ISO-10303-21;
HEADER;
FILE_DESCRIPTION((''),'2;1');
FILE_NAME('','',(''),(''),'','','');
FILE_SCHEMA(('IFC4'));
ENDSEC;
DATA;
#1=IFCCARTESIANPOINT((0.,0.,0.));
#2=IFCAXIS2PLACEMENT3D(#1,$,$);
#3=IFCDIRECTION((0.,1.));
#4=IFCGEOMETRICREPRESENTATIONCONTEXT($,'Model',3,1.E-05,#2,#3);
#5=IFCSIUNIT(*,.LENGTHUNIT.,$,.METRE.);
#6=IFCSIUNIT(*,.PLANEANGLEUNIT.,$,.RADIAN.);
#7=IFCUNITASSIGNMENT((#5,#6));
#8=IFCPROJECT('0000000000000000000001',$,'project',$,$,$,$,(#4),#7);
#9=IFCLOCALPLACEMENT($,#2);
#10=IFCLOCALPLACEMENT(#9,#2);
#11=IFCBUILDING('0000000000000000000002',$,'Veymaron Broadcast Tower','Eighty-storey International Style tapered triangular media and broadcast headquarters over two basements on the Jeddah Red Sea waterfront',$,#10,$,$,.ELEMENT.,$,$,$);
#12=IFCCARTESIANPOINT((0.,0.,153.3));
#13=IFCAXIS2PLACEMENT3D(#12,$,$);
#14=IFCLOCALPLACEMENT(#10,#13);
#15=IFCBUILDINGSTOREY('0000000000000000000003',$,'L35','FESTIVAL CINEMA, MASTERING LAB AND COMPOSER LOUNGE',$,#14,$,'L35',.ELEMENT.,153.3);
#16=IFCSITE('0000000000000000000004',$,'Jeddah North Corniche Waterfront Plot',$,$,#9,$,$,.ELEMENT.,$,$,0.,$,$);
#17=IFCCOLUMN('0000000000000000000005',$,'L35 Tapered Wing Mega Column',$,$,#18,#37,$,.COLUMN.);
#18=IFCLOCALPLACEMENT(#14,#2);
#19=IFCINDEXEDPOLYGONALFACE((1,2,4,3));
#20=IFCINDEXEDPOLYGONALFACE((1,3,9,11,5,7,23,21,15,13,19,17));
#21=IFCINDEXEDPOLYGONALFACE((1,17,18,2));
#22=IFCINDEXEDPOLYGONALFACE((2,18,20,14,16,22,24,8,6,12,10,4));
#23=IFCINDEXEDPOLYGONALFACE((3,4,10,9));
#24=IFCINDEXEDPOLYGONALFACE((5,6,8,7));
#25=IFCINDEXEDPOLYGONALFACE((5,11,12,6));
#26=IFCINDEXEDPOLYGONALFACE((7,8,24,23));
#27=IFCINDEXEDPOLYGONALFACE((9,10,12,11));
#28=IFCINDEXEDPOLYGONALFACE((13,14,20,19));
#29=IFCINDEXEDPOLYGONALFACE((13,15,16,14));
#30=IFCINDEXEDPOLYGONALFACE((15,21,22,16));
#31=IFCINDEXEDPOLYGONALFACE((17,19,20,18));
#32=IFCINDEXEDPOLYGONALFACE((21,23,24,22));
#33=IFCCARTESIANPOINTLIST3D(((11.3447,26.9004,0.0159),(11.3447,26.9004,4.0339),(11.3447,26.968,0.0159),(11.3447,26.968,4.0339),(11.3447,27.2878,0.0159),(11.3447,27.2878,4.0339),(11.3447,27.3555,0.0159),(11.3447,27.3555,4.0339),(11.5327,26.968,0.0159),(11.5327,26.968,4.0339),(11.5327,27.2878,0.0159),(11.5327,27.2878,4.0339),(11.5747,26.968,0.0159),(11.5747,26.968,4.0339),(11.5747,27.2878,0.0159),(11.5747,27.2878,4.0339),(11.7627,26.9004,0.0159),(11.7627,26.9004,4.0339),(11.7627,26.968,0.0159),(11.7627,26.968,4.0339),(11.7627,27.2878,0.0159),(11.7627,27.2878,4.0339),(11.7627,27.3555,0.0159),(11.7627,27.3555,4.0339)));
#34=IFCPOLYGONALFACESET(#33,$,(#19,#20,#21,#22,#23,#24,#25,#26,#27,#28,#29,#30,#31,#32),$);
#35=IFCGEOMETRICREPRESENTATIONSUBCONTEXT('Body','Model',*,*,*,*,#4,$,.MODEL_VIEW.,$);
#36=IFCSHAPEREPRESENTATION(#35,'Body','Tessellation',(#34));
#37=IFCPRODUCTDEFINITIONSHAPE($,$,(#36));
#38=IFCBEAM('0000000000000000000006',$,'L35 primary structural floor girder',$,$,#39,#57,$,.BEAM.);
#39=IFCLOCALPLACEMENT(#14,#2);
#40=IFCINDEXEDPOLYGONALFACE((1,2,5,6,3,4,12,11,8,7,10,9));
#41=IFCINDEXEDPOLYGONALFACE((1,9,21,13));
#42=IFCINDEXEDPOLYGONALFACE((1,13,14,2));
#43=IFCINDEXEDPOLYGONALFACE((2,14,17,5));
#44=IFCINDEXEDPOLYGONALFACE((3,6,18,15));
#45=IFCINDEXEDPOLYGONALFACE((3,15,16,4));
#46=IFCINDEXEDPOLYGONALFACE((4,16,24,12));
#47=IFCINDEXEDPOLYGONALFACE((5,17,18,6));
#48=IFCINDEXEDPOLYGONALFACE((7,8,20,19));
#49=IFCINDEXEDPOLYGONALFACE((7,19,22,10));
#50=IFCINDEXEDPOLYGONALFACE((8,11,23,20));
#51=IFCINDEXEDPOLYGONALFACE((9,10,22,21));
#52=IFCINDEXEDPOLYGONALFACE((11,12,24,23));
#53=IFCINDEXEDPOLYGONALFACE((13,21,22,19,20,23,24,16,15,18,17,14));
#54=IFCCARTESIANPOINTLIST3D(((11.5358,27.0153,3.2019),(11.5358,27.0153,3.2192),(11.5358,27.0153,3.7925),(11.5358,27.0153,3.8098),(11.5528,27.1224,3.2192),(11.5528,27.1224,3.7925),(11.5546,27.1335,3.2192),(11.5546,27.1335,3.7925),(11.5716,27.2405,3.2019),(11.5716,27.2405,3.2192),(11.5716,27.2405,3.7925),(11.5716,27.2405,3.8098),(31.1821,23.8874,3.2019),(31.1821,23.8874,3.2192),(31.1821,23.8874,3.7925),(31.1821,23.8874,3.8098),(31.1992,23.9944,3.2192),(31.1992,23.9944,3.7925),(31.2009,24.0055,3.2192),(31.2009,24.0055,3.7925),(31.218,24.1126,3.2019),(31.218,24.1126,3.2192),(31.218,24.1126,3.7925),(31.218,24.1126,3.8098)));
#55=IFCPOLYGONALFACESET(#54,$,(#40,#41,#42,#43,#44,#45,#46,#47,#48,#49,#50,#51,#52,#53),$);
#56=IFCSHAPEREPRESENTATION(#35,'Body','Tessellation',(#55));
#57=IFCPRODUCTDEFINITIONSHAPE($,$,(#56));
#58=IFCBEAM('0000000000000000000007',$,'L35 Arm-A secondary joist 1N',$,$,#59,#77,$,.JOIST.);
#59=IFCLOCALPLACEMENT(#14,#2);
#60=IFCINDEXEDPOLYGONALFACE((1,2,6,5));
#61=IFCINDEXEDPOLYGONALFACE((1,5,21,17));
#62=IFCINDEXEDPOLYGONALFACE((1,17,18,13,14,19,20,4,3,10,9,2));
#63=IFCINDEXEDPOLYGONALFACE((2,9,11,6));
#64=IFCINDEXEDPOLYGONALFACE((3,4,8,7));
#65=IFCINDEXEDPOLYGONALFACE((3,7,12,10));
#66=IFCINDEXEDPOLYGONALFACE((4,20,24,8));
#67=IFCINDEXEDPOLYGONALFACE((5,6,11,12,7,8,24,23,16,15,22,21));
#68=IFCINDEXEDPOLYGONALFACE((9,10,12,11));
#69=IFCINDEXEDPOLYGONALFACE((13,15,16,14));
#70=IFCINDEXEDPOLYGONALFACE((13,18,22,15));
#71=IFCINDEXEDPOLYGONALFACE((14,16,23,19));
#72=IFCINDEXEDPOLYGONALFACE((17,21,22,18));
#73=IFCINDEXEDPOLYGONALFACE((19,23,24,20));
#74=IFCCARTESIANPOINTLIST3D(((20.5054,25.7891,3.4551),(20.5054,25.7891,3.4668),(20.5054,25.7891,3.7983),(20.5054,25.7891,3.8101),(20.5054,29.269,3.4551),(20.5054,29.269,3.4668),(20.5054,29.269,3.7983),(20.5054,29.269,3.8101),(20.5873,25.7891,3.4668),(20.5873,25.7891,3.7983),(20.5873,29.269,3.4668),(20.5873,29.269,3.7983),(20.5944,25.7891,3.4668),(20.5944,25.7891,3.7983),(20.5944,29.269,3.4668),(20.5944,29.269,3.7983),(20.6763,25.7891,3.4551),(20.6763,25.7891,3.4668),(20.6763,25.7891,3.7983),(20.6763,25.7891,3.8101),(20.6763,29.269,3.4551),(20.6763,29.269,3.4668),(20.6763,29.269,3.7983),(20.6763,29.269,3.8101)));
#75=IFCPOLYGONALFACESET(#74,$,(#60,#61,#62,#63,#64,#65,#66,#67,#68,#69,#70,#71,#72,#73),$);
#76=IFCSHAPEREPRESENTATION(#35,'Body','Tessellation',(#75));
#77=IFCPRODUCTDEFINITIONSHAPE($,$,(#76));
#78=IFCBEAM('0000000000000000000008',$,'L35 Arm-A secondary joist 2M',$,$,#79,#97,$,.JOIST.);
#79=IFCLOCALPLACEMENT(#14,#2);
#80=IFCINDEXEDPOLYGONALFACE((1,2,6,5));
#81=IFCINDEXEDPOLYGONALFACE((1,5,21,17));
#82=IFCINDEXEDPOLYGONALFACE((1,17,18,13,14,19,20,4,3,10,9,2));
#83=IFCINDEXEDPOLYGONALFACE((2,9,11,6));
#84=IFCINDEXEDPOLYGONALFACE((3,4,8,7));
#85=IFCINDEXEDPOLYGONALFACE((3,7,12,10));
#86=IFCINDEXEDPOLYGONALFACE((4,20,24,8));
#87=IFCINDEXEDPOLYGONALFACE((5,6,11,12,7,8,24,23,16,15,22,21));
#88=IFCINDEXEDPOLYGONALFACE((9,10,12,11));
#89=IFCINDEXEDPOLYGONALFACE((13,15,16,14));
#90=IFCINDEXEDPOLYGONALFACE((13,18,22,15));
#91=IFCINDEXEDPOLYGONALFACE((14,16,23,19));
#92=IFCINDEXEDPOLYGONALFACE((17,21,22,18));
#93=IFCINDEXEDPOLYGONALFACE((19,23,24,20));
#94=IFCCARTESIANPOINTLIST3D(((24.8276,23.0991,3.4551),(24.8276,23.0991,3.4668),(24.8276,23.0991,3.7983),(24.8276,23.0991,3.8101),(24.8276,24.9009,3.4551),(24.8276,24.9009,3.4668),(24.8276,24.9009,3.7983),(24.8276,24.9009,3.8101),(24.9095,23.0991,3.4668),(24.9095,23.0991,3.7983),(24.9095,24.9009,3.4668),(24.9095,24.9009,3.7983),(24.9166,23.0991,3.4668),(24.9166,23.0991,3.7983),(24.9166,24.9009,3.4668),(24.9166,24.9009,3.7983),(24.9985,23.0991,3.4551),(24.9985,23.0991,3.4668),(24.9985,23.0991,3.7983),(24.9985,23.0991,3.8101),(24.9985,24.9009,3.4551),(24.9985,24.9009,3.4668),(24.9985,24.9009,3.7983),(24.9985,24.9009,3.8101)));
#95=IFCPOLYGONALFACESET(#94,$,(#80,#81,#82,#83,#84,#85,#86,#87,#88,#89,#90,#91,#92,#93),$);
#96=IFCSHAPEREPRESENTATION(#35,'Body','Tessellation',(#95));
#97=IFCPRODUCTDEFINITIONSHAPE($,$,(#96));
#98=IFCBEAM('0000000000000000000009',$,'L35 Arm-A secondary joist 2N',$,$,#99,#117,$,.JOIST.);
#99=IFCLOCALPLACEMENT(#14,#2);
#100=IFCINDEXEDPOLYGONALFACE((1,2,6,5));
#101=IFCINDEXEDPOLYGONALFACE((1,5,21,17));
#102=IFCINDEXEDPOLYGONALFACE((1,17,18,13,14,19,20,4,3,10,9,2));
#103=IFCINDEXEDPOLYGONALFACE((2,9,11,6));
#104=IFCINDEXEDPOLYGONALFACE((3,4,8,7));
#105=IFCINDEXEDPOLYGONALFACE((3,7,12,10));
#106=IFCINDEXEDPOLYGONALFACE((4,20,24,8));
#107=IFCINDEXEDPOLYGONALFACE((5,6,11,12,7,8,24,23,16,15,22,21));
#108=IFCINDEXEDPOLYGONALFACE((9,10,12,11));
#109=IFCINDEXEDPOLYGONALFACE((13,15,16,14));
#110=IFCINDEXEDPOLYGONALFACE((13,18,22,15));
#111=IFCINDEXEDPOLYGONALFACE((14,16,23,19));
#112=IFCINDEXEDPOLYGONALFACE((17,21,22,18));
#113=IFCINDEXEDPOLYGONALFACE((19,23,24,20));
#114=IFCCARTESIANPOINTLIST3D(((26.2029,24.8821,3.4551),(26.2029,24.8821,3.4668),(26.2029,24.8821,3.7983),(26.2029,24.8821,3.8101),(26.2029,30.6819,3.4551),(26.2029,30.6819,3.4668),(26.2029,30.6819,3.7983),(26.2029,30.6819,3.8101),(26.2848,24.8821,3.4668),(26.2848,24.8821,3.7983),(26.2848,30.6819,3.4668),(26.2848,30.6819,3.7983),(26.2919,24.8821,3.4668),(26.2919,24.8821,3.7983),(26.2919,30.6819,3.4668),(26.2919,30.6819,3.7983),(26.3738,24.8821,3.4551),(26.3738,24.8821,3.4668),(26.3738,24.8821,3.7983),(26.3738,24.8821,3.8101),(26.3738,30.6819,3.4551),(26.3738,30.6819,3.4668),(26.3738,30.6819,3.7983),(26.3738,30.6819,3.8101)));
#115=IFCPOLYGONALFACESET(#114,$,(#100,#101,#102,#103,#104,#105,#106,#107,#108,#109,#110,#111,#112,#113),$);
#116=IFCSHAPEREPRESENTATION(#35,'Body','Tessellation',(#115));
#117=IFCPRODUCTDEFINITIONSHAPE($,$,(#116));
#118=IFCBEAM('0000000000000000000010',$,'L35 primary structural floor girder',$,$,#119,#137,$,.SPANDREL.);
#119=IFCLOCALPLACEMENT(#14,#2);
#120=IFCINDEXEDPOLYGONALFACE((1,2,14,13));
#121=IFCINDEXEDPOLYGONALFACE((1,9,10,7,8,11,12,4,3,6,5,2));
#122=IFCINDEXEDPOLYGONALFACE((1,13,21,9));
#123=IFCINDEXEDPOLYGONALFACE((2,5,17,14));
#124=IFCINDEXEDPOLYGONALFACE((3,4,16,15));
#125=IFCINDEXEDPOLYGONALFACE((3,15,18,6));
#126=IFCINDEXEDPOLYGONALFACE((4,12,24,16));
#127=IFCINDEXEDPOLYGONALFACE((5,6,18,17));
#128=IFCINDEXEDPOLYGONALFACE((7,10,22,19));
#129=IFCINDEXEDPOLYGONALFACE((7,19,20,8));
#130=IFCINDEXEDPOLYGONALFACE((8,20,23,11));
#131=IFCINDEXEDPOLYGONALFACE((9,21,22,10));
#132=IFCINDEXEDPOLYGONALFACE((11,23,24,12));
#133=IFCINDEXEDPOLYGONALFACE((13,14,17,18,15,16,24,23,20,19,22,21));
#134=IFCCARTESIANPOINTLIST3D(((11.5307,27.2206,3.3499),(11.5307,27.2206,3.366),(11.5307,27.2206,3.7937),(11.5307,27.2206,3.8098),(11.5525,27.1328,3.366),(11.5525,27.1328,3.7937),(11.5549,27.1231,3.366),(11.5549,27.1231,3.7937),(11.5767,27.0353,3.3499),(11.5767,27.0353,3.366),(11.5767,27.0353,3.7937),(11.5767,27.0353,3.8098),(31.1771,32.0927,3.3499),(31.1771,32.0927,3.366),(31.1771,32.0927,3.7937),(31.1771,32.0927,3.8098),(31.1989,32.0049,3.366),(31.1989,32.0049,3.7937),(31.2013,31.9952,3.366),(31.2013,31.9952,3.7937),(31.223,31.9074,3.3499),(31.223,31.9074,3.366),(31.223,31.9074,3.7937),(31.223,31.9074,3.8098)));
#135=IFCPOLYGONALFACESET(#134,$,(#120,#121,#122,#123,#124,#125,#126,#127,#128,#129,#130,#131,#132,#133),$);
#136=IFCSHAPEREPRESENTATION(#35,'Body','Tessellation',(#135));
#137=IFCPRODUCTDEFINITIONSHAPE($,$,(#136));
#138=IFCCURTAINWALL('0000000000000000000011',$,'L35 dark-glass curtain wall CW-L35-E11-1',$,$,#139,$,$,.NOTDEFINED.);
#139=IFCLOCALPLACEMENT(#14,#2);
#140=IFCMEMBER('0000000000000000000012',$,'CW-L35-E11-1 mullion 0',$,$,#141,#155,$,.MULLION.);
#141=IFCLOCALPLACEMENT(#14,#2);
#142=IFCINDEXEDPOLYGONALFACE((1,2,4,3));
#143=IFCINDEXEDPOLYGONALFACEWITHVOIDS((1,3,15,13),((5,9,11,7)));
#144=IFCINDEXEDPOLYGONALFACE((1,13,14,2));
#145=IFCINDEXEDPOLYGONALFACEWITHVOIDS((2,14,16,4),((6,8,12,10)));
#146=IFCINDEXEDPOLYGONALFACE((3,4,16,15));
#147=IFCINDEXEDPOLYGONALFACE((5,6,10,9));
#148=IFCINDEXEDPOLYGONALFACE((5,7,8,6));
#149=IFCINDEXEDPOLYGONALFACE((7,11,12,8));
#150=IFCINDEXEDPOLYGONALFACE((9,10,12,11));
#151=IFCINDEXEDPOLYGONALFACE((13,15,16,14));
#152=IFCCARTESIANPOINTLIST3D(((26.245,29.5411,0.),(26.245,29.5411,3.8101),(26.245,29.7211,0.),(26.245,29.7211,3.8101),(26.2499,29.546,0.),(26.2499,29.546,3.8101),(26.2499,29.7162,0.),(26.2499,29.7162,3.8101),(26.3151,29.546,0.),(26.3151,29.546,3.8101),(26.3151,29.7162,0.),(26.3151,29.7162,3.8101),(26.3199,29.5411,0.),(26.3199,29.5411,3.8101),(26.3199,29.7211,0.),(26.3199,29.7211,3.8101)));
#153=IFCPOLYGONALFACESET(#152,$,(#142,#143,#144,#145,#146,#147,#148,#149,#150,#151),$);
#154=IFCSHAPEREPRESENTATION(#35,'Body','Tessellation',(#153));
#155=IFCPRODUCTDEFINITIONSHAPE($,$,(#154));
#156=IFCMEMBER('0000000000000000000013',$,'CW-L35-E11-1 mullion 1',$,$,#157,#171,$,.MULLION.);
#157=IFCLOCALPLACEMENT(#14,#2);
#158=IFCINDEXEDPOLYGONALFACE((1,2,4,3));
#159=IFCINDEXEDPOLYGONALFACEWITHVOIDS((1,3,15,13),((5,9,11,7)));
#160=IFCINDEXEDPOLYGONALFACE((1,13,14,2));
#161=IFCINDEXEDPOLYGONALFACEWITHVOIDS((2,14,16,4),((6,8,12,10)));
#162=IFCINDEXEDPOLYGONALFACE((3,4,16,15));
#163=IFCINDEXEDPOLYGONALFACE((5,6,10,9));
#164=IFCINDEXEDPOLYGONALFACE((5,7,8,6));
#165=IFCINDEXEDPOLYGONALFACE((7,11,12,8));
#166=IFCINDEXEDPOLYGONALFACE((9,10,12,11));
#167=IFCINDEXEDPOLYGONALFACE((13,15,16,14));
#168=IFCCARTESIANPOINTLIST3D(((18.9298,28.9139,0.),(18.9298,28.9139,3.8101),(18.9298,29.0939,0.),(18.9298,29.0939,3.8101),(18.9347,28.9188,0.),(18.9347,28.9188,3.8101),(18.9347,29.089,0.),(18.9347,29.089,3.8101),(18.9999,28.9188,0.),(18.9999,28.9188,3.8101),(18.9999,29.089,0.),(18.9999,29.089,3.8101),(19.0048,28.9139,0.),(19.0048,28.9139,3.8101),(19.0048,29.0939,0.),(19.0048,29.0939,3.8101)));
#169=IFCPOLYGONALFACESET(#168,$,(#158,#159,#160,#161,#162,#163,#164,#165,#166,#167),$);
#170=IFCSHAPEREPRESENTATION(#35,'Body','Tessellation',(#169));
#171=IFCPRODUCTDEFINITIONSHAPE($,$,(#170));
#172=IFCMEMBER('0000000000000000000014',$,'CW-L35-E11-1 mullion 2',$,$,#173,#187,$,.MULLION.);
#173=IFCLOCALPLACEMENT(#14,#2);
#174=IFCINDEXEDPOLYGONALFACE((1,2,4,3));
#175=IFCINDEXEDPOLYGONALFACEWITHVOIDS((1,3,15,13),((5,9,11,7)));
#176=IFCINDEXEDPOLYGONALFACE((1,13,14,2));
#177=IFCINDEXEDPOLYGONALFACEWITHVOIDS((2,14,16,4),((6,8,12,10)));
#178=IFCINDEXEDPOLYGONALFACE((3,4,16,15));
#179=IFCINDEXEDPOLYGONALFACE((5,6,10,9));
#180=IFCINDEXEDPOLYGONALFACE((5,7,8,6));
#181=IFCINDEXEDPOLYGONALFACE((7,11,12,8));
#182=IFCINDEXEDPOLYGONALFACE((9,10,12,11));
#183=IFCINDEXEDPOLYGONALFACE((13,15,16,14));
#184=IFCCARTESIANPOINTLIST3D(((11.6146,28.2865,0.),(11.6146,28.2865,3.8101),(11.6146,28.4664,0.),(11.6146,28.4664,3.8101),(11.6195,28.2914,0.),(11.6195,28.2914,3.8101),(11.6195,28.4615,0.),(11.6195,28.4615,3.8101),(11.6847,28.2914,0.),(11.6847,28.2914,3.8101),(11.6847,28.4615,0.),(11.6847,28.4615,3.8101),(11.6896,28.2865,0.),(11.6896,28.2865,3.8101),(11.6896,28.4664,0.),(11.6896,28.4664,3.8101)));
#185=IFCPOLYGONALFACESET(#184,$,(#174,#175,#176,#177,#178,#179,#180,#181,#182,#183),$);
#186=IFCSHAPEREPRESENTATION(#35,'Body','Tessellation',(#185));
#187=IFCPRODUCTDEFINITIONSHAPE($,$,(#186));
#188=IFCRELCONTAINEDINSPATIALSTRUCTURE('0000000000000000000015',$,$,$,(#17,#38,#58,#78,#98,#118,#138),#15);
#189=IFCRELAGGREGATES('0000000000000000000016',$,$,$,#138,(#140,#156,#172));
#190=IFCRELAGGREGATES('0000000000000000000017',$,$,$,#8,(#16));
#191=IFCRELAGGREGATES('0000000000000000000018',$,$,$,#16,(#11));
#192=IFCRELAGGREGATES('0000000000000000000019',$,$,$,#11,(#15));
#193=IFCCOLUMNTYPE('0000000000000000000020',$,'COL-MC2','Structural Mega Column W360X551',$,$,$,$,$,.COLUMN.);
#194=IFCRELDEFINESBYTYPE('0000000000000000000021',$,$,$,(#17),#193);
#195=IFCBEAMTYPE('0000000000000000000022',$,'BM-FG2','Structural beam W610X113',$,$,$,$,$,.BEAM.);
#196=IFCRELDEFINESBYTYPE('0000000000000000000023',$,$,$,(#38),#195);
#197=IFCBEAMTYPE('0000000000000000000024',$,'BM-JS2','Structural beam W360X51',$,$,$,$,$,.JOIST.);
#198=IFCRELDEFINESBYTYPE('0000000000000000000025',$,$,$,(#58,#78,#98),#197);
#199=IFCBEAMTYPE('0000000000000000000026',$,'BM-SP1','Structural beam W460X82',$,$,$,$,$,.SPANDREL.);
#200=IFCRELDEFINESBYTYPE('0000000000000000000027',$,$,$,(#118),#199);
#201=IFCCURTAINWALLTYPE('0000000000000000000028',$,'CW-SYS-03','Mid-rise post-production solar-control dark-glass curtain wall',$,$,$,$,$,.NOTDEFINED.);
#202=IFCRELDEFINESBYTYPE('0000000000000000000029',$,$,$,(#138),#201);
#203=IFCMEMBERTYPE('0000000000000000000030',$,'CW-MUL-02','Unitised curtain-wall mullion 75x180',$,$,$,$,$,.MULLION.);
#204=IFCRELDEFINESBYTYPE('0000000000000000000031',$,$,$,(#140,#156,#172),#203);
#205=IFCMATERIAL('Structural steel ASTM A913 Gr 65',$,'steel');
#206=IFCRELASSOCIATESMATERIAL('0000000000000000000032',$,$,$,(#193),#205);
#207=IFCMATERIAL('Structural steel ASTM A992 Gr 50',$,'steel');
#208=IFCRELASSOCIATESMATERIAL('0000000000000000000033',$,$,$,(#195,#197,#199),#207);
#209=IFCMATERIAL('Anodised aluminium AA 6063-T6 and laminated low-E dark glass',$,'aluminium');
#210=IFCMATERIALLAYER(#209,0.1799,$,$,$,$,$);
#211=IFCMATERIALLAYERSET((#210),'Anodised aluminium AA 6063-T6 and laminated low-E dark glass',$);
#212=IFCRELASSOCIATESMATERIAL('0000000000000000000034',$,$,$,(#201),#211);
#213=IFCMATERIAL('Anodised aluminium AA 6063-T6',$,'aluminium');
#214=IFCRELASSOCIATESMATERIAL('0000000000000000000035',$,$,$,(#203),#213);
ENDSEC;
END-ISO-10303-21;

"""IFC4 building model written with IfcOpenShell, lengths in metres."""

from ifc_helpers import new_model, si_unit, direction, frame, origin, origin_2d, place, context, subcontext, project, spatial, hollow_rectangle, i_section, extrude, material, layer, layer_set, material_profile, profile_set, type_object, element, aggregate, save


model = new_model("IFC4")

# Units and contexts
model_context = context("Model", 3, precision=1e-05, world=origin(), true_north=direction((0.0, 1.0)))
body_context = subcontext(model_context, "Body", "Model", "MODEL_VIEW")
ifc_project = project(units=[si_unit("LENGTHUNIT", "METRE"), si_unit("PLANEANGLEUNIT", "RADIAN")], contexts=[model_context])

# Site, building, storey
site_placement = place(None, origin())
site = spatial("IfcSite", under=ifc_project, at=site_placement, Name="Jeddah North Corniche Waterfront Plot", CompositionType="ELEMENT", RefElevation=0.0)
building_placement = place(site_placement, origin())
building = spatial("IfcBuilding", under=site, at=building_placement, Name="Veymaron Broadcast Tower", Description="Eighty-storey International Style tapered triangular media and broadcast headquarters over two basements on the Jeddah Red Sea waterfront", CompositionType="ELEMENT")
storey_placement = place(building_placement, frame((0.0, 0.0, 153.3)))
storey = spatial("IfcBuildingStorey", under=building, at=storey_placement, Name="L35", Description="FESTIVAL CINEMA, MASTERING LAB AND COMPOSER LOUNGE", LongName="L35", CompositionType="ELEMENT", Elevation=153.3)

# Column
ifc_material_1 = material(Name="Structural steel ASTM A913 Gr 65", Category="steel")
ifc_material_profile_1 = material_profile(ifc_material_1, i_section(OverallWidth=0.418, OverallDepth=0.4551, WebThickness=0.042, FlangeThickness=0.0676, at=origin_2d()), Name="W360X551")
ifc_profile_set_1 = profile_set([ifc_material_profile_1], Name="Structural steel ASTM A913 Gr 65")
column_type = type_object("IfcColumnType", Name="COL-MC2", Description="Structural Mega Column W360X551", PredefinedType="COLUMN", material=ifc_profile_set_1)
column_placement = place(storey_placement, frame((11.5537, 27.1279, 0.0159), z_axis=(0.0, 0.0, 1.0), x_axis=(1.0, 0.0, 0.0)))
element("IfcColumn", 1, at=column_placement, inside=storey, type_object=column_type, Name="L35 Tapered Wing Mega Column", PredefinedType="COLUMN", context=body_context, shape_type="SweptSolid", body=[
    extrude(i_section(OverallWidth=0.418, OverallDepth=0.4551, WebThickness=0.042, FlangeThickness=0.0676, at=origin_2d()), origin(), (0.0, 0.0, 1.0), 4.0181),
])

# Beams
ifc_material_2 = material(Name="Structural steel ASTM A992 Gr 50", Category="steel")
ifc_material_profile_2 = material_profile(ifc_material_2, i_section(OverallWidth=0.228, OverallDepth=0.6079, WebThickness=0.0112, FlangeThickness=0.0173, at=origin_2d()), Name="W610X113")
ifc_profile_set_2 = profile_set([ifc_material_profile_2], Name="Structural steel ASTM A992 Gr 50")
beam_type_1 = type_object("IfcBeamType", Name="BM-FG2", Description="Structural beam W610X113", PredefinedType="BEAM", material=ifc_profile_set_2)
beam_1_placement = place(storey_placement, frame((11.5537, 27.1279, 3.5059), z_axis=(0.987562, -0.157232, 0.0), x_axis=(0.157232, 0.987562, 0.0)))
element("IfcBeam", 2, at=beam_1_placement, inside=storey, type_object=beam_type_1, Name="L35 primary structural floor girder", PredefinedType="BEAM", context=body_context, shape_type="SweptSolid", body=[
    extrude(i_section(OverallWidth=0.228, OverallDepth=0.6079, WebThickness=0.0112, FlangeThickness=0.0173, at=origin_2d()), origin(), (0.0, 0.0, 1.0), 19.8938),
])
ifc_material_profile_3 = material_profile(ifc_material_2, i_section(OverallWidth=0.1709, OverallDepth=0.355, WebThickness=0.0071, FlangeThickness=0.0117, at=origin_2d()), Name="W360X51")
ifc_profile_set_3 = profile_set([ifc_material_profile_3], Name="Structural steel ASTM A992 Gr 50")
beam_type_2 = type_object("IfcBeamType", Name="BM-JS2", Description="Structural beam W360X51", PredefinedType="JOIST", material=ifc_profile_set_3)
beam_2_placement = place(storey_placement, frame((20.5908, 25.7891, 3.6326), z_axis=(0.0, 1.0, 0.0), x_axis=(-1.0, 0.0, 0.0)))
element("IfcBeam", 3, at=beam_2_placement, inside=storey, type_object=beam_type_2, Name="L35 Arm-A secondary joist 1N", PredefinedType="JOIST", context=body_context, shape_type="SweptSolid", body=[
    extrude(i_section(OverallWidth=0.1709, OverallDepth=0.355, WebThickness=0.0071, FlangeThickness=0.0117, at=origin_2d()), origin(), (0.0, 0.0, 1.0), 3.48),
])
beam_3_placement = place(storey_placement, frame((24.9131, 23.0991, 3.6326), z_axis=(0.0, 1.0, 0.0), x_axis=(-1.0, 0.0, 0.0)))
element("IfcBeam", 4, at=beam_3_placement, inside=storey, type_object=beam_type_2, Name="L35 Arm-A secondary joist 2M", PredefinedType="JOIST", context=body_context, shape_type="SweptSolid", body=[
    extrude(i_section(OverallWidth=0.1709, OverallDepth=0.355, WebThickness=0.0071, FlangeThickness=0.0117, at=origin_2d()), origin(), (0.0, 0.0, 1.0), 1.8018),
])
beam_4_placement = place(storey_placement, frame((26.2883, 24.8821, 3.6326), z_axis=(0.0, 1.0, 0.0), x_axis=(-1.0, 0.0, 0.0)))
element("IfcBeam", 5, at=beam_4_placement, inside=storey, type_object=beam_type_2, Name="L35 Arm-A secondary joist 2N", PredefinedType="JOIST", context=body_context, shape_type="SweptSolid", body=[
    extrude(i_section(OverallWidth=0.1709, OverallDepth=0.355, WebThickness=0.0071, FlangeThickness=0.0117, at=origin_2d()), origin(), (0.0, 0.0, 1.0), 5.7998),
])
ifc_material_profile_4 = material_profile(ifc_material_2, i_section(OverallWidth=0.1909, OverallDepth=0.46, WebThickness=0.01, FlangeThickness=0.0161, at=origin_2d()), Name="W460X82")
ifc_profile_set_4 = profile_set([ifc_material_profile_4], Name="Structural steel ASTM A992 Gr 50")
beam_type_3 = type_object("IfcBeamType", Name="BM-SP1", Description="Structural beam W460X82", PredefinedType="SPANDREL", material=ifc_profile_set_4)
beam_5_placement = place(storey_placement, frame((11.5537, 27.1279, 3.5798), z_axis=(0.9706, 0.240699, 0.0), x_axis=(-0.240699, 0.9706, 0.0)))
element("IfcBeam", 6, at=beam_5_placement, inside=storey, type_object=beam_type_3, Name="L35 primary structural floor girder", PredefinedType="SPANDREL", context=body_context, shape_type="SweptSolid", body=[
    extrude(i_section(OverallWidth=0.1909, OverallDepth=0.46, WebThickness=0.01, FlangeThickness=0.0161, at=origin_2d()), origin(), (0.0, 0.0, 1.0), 20.2415),
])

# Curtain wall, members
ifc_material_3 = material(Name="Anodised aluminium AA 6063-T6 and laminated low-E dark glass", Category="aluminium")
ifc_layer_1 = layer(ifc_material_3, 0.1799)
ifc_layer_set_1 = layer_set([ifc_layer_1], Name="Anodised aluminium AA 6063-T6 and laminated low-E dark glass")
curtain_wall_type = type_object("IfcCurtainWallType", Name="CW-SYS-03", Description="Mid-rise post-production solar-control dark-glass curtain wall", PredefinedType="NOTDEFINED", material=ifc_layer_set_1)
curtain_wall_placement = place(storey_placement, origin())
curtain_wall = element("IfcCurtainWall", 7, at=curtain_wall_placement, inside=storey, type_object=curtain_wall_type, Name="L35 dark-glass curtain wall CW-L35-E11-1", PredefinedType="NOTDEFINED")
ifc_material_4 = material(Name="Anodised aluminium AA 6063-T6", Category="aluminium")
ifc_material_profile_5 = material_profile(ifc_material_4, hollow_rectangle(XDim=0.075, YDim=0.1799, WallThickness=0.0049, at=origin_2d()), Name="AL180X75X5")
ifc_profile_set_5 = profile_set([ifc_material_profile_5], Name="Anodised aluminium AA 6063-T6")
member_type_1 = type_object("IfcMemberType", Name="CW-MUL-02", Description="Unitised curtain-wall mullion 75x180", PredefinedType="MULLION", material=ifc_profile_set_5)
member_1_placement = place(storey_placement, frame((26.2825, 29.6311, 0.0), z_axis=(0.0, 0.0, 1.0), x_axis=(1.0, 0.0, 0.0)))
member_1 = element("IfcMember", 8, at=member_1_placement, type_object=member_type_1, Name="CW-L35-E11-1 mullion 0", PredefinedType="MULLION", context=body_context, shape_type="SweptSolid", body=[
    extrude(hollow_rectangle(XDim=0.075, YDim=0.1799, WallThickness=0.0049, at=origin_2d()), origin(), (0.0, 0.0, 1.0), 3.8101),
])
member_2_placement = place(storey_placement, frame((18.9673, 29.0039, 0.0), z_axis=(0.0, 0.0, 1.0), x_axis=(1.0, 0.0, 0.0)))
member_2 = element("IfcMember", 9, at=member_2_placement, type_object=member_type_1, Name="CW-L35-E11-1 mullion 1", PredefinedType="MULLION", context=body_context, shape_type="SweptSolid", body=[
    extrude(hollow_rectangle(XDim=0.075, YDim=0.1799, WallThickness=0.0049, at=origin_2d()), origin(), (0.0, 0.0, 1.0), 3.8101),
])
member_3_placement = place(storey_placement, frame((11.6521, 28.3765, 0.0), z_axis=(0.0, 0.0, 1.0), x_axis=(1.0, 0.0, 0.0)))
member_3 = element("IfcMember", 10, at=member_3_placement, type_object=member_type_1, Name="CW-L35-E11-1 mullion 2", PredefinedType="MULLION", context=body_context, shape_type="SweptSolid", body=[
    extrude(hollow_rectangle(XDim=0.075, YDim=0.1799, WallThickness=0.0049, at=origin_2d()), origin(), (0.0, 0.0, 1.0), 3.8101),
])
aggregate(curtain_wall, [member_1, member_2, member_3])

save(model, "model.ifc")
